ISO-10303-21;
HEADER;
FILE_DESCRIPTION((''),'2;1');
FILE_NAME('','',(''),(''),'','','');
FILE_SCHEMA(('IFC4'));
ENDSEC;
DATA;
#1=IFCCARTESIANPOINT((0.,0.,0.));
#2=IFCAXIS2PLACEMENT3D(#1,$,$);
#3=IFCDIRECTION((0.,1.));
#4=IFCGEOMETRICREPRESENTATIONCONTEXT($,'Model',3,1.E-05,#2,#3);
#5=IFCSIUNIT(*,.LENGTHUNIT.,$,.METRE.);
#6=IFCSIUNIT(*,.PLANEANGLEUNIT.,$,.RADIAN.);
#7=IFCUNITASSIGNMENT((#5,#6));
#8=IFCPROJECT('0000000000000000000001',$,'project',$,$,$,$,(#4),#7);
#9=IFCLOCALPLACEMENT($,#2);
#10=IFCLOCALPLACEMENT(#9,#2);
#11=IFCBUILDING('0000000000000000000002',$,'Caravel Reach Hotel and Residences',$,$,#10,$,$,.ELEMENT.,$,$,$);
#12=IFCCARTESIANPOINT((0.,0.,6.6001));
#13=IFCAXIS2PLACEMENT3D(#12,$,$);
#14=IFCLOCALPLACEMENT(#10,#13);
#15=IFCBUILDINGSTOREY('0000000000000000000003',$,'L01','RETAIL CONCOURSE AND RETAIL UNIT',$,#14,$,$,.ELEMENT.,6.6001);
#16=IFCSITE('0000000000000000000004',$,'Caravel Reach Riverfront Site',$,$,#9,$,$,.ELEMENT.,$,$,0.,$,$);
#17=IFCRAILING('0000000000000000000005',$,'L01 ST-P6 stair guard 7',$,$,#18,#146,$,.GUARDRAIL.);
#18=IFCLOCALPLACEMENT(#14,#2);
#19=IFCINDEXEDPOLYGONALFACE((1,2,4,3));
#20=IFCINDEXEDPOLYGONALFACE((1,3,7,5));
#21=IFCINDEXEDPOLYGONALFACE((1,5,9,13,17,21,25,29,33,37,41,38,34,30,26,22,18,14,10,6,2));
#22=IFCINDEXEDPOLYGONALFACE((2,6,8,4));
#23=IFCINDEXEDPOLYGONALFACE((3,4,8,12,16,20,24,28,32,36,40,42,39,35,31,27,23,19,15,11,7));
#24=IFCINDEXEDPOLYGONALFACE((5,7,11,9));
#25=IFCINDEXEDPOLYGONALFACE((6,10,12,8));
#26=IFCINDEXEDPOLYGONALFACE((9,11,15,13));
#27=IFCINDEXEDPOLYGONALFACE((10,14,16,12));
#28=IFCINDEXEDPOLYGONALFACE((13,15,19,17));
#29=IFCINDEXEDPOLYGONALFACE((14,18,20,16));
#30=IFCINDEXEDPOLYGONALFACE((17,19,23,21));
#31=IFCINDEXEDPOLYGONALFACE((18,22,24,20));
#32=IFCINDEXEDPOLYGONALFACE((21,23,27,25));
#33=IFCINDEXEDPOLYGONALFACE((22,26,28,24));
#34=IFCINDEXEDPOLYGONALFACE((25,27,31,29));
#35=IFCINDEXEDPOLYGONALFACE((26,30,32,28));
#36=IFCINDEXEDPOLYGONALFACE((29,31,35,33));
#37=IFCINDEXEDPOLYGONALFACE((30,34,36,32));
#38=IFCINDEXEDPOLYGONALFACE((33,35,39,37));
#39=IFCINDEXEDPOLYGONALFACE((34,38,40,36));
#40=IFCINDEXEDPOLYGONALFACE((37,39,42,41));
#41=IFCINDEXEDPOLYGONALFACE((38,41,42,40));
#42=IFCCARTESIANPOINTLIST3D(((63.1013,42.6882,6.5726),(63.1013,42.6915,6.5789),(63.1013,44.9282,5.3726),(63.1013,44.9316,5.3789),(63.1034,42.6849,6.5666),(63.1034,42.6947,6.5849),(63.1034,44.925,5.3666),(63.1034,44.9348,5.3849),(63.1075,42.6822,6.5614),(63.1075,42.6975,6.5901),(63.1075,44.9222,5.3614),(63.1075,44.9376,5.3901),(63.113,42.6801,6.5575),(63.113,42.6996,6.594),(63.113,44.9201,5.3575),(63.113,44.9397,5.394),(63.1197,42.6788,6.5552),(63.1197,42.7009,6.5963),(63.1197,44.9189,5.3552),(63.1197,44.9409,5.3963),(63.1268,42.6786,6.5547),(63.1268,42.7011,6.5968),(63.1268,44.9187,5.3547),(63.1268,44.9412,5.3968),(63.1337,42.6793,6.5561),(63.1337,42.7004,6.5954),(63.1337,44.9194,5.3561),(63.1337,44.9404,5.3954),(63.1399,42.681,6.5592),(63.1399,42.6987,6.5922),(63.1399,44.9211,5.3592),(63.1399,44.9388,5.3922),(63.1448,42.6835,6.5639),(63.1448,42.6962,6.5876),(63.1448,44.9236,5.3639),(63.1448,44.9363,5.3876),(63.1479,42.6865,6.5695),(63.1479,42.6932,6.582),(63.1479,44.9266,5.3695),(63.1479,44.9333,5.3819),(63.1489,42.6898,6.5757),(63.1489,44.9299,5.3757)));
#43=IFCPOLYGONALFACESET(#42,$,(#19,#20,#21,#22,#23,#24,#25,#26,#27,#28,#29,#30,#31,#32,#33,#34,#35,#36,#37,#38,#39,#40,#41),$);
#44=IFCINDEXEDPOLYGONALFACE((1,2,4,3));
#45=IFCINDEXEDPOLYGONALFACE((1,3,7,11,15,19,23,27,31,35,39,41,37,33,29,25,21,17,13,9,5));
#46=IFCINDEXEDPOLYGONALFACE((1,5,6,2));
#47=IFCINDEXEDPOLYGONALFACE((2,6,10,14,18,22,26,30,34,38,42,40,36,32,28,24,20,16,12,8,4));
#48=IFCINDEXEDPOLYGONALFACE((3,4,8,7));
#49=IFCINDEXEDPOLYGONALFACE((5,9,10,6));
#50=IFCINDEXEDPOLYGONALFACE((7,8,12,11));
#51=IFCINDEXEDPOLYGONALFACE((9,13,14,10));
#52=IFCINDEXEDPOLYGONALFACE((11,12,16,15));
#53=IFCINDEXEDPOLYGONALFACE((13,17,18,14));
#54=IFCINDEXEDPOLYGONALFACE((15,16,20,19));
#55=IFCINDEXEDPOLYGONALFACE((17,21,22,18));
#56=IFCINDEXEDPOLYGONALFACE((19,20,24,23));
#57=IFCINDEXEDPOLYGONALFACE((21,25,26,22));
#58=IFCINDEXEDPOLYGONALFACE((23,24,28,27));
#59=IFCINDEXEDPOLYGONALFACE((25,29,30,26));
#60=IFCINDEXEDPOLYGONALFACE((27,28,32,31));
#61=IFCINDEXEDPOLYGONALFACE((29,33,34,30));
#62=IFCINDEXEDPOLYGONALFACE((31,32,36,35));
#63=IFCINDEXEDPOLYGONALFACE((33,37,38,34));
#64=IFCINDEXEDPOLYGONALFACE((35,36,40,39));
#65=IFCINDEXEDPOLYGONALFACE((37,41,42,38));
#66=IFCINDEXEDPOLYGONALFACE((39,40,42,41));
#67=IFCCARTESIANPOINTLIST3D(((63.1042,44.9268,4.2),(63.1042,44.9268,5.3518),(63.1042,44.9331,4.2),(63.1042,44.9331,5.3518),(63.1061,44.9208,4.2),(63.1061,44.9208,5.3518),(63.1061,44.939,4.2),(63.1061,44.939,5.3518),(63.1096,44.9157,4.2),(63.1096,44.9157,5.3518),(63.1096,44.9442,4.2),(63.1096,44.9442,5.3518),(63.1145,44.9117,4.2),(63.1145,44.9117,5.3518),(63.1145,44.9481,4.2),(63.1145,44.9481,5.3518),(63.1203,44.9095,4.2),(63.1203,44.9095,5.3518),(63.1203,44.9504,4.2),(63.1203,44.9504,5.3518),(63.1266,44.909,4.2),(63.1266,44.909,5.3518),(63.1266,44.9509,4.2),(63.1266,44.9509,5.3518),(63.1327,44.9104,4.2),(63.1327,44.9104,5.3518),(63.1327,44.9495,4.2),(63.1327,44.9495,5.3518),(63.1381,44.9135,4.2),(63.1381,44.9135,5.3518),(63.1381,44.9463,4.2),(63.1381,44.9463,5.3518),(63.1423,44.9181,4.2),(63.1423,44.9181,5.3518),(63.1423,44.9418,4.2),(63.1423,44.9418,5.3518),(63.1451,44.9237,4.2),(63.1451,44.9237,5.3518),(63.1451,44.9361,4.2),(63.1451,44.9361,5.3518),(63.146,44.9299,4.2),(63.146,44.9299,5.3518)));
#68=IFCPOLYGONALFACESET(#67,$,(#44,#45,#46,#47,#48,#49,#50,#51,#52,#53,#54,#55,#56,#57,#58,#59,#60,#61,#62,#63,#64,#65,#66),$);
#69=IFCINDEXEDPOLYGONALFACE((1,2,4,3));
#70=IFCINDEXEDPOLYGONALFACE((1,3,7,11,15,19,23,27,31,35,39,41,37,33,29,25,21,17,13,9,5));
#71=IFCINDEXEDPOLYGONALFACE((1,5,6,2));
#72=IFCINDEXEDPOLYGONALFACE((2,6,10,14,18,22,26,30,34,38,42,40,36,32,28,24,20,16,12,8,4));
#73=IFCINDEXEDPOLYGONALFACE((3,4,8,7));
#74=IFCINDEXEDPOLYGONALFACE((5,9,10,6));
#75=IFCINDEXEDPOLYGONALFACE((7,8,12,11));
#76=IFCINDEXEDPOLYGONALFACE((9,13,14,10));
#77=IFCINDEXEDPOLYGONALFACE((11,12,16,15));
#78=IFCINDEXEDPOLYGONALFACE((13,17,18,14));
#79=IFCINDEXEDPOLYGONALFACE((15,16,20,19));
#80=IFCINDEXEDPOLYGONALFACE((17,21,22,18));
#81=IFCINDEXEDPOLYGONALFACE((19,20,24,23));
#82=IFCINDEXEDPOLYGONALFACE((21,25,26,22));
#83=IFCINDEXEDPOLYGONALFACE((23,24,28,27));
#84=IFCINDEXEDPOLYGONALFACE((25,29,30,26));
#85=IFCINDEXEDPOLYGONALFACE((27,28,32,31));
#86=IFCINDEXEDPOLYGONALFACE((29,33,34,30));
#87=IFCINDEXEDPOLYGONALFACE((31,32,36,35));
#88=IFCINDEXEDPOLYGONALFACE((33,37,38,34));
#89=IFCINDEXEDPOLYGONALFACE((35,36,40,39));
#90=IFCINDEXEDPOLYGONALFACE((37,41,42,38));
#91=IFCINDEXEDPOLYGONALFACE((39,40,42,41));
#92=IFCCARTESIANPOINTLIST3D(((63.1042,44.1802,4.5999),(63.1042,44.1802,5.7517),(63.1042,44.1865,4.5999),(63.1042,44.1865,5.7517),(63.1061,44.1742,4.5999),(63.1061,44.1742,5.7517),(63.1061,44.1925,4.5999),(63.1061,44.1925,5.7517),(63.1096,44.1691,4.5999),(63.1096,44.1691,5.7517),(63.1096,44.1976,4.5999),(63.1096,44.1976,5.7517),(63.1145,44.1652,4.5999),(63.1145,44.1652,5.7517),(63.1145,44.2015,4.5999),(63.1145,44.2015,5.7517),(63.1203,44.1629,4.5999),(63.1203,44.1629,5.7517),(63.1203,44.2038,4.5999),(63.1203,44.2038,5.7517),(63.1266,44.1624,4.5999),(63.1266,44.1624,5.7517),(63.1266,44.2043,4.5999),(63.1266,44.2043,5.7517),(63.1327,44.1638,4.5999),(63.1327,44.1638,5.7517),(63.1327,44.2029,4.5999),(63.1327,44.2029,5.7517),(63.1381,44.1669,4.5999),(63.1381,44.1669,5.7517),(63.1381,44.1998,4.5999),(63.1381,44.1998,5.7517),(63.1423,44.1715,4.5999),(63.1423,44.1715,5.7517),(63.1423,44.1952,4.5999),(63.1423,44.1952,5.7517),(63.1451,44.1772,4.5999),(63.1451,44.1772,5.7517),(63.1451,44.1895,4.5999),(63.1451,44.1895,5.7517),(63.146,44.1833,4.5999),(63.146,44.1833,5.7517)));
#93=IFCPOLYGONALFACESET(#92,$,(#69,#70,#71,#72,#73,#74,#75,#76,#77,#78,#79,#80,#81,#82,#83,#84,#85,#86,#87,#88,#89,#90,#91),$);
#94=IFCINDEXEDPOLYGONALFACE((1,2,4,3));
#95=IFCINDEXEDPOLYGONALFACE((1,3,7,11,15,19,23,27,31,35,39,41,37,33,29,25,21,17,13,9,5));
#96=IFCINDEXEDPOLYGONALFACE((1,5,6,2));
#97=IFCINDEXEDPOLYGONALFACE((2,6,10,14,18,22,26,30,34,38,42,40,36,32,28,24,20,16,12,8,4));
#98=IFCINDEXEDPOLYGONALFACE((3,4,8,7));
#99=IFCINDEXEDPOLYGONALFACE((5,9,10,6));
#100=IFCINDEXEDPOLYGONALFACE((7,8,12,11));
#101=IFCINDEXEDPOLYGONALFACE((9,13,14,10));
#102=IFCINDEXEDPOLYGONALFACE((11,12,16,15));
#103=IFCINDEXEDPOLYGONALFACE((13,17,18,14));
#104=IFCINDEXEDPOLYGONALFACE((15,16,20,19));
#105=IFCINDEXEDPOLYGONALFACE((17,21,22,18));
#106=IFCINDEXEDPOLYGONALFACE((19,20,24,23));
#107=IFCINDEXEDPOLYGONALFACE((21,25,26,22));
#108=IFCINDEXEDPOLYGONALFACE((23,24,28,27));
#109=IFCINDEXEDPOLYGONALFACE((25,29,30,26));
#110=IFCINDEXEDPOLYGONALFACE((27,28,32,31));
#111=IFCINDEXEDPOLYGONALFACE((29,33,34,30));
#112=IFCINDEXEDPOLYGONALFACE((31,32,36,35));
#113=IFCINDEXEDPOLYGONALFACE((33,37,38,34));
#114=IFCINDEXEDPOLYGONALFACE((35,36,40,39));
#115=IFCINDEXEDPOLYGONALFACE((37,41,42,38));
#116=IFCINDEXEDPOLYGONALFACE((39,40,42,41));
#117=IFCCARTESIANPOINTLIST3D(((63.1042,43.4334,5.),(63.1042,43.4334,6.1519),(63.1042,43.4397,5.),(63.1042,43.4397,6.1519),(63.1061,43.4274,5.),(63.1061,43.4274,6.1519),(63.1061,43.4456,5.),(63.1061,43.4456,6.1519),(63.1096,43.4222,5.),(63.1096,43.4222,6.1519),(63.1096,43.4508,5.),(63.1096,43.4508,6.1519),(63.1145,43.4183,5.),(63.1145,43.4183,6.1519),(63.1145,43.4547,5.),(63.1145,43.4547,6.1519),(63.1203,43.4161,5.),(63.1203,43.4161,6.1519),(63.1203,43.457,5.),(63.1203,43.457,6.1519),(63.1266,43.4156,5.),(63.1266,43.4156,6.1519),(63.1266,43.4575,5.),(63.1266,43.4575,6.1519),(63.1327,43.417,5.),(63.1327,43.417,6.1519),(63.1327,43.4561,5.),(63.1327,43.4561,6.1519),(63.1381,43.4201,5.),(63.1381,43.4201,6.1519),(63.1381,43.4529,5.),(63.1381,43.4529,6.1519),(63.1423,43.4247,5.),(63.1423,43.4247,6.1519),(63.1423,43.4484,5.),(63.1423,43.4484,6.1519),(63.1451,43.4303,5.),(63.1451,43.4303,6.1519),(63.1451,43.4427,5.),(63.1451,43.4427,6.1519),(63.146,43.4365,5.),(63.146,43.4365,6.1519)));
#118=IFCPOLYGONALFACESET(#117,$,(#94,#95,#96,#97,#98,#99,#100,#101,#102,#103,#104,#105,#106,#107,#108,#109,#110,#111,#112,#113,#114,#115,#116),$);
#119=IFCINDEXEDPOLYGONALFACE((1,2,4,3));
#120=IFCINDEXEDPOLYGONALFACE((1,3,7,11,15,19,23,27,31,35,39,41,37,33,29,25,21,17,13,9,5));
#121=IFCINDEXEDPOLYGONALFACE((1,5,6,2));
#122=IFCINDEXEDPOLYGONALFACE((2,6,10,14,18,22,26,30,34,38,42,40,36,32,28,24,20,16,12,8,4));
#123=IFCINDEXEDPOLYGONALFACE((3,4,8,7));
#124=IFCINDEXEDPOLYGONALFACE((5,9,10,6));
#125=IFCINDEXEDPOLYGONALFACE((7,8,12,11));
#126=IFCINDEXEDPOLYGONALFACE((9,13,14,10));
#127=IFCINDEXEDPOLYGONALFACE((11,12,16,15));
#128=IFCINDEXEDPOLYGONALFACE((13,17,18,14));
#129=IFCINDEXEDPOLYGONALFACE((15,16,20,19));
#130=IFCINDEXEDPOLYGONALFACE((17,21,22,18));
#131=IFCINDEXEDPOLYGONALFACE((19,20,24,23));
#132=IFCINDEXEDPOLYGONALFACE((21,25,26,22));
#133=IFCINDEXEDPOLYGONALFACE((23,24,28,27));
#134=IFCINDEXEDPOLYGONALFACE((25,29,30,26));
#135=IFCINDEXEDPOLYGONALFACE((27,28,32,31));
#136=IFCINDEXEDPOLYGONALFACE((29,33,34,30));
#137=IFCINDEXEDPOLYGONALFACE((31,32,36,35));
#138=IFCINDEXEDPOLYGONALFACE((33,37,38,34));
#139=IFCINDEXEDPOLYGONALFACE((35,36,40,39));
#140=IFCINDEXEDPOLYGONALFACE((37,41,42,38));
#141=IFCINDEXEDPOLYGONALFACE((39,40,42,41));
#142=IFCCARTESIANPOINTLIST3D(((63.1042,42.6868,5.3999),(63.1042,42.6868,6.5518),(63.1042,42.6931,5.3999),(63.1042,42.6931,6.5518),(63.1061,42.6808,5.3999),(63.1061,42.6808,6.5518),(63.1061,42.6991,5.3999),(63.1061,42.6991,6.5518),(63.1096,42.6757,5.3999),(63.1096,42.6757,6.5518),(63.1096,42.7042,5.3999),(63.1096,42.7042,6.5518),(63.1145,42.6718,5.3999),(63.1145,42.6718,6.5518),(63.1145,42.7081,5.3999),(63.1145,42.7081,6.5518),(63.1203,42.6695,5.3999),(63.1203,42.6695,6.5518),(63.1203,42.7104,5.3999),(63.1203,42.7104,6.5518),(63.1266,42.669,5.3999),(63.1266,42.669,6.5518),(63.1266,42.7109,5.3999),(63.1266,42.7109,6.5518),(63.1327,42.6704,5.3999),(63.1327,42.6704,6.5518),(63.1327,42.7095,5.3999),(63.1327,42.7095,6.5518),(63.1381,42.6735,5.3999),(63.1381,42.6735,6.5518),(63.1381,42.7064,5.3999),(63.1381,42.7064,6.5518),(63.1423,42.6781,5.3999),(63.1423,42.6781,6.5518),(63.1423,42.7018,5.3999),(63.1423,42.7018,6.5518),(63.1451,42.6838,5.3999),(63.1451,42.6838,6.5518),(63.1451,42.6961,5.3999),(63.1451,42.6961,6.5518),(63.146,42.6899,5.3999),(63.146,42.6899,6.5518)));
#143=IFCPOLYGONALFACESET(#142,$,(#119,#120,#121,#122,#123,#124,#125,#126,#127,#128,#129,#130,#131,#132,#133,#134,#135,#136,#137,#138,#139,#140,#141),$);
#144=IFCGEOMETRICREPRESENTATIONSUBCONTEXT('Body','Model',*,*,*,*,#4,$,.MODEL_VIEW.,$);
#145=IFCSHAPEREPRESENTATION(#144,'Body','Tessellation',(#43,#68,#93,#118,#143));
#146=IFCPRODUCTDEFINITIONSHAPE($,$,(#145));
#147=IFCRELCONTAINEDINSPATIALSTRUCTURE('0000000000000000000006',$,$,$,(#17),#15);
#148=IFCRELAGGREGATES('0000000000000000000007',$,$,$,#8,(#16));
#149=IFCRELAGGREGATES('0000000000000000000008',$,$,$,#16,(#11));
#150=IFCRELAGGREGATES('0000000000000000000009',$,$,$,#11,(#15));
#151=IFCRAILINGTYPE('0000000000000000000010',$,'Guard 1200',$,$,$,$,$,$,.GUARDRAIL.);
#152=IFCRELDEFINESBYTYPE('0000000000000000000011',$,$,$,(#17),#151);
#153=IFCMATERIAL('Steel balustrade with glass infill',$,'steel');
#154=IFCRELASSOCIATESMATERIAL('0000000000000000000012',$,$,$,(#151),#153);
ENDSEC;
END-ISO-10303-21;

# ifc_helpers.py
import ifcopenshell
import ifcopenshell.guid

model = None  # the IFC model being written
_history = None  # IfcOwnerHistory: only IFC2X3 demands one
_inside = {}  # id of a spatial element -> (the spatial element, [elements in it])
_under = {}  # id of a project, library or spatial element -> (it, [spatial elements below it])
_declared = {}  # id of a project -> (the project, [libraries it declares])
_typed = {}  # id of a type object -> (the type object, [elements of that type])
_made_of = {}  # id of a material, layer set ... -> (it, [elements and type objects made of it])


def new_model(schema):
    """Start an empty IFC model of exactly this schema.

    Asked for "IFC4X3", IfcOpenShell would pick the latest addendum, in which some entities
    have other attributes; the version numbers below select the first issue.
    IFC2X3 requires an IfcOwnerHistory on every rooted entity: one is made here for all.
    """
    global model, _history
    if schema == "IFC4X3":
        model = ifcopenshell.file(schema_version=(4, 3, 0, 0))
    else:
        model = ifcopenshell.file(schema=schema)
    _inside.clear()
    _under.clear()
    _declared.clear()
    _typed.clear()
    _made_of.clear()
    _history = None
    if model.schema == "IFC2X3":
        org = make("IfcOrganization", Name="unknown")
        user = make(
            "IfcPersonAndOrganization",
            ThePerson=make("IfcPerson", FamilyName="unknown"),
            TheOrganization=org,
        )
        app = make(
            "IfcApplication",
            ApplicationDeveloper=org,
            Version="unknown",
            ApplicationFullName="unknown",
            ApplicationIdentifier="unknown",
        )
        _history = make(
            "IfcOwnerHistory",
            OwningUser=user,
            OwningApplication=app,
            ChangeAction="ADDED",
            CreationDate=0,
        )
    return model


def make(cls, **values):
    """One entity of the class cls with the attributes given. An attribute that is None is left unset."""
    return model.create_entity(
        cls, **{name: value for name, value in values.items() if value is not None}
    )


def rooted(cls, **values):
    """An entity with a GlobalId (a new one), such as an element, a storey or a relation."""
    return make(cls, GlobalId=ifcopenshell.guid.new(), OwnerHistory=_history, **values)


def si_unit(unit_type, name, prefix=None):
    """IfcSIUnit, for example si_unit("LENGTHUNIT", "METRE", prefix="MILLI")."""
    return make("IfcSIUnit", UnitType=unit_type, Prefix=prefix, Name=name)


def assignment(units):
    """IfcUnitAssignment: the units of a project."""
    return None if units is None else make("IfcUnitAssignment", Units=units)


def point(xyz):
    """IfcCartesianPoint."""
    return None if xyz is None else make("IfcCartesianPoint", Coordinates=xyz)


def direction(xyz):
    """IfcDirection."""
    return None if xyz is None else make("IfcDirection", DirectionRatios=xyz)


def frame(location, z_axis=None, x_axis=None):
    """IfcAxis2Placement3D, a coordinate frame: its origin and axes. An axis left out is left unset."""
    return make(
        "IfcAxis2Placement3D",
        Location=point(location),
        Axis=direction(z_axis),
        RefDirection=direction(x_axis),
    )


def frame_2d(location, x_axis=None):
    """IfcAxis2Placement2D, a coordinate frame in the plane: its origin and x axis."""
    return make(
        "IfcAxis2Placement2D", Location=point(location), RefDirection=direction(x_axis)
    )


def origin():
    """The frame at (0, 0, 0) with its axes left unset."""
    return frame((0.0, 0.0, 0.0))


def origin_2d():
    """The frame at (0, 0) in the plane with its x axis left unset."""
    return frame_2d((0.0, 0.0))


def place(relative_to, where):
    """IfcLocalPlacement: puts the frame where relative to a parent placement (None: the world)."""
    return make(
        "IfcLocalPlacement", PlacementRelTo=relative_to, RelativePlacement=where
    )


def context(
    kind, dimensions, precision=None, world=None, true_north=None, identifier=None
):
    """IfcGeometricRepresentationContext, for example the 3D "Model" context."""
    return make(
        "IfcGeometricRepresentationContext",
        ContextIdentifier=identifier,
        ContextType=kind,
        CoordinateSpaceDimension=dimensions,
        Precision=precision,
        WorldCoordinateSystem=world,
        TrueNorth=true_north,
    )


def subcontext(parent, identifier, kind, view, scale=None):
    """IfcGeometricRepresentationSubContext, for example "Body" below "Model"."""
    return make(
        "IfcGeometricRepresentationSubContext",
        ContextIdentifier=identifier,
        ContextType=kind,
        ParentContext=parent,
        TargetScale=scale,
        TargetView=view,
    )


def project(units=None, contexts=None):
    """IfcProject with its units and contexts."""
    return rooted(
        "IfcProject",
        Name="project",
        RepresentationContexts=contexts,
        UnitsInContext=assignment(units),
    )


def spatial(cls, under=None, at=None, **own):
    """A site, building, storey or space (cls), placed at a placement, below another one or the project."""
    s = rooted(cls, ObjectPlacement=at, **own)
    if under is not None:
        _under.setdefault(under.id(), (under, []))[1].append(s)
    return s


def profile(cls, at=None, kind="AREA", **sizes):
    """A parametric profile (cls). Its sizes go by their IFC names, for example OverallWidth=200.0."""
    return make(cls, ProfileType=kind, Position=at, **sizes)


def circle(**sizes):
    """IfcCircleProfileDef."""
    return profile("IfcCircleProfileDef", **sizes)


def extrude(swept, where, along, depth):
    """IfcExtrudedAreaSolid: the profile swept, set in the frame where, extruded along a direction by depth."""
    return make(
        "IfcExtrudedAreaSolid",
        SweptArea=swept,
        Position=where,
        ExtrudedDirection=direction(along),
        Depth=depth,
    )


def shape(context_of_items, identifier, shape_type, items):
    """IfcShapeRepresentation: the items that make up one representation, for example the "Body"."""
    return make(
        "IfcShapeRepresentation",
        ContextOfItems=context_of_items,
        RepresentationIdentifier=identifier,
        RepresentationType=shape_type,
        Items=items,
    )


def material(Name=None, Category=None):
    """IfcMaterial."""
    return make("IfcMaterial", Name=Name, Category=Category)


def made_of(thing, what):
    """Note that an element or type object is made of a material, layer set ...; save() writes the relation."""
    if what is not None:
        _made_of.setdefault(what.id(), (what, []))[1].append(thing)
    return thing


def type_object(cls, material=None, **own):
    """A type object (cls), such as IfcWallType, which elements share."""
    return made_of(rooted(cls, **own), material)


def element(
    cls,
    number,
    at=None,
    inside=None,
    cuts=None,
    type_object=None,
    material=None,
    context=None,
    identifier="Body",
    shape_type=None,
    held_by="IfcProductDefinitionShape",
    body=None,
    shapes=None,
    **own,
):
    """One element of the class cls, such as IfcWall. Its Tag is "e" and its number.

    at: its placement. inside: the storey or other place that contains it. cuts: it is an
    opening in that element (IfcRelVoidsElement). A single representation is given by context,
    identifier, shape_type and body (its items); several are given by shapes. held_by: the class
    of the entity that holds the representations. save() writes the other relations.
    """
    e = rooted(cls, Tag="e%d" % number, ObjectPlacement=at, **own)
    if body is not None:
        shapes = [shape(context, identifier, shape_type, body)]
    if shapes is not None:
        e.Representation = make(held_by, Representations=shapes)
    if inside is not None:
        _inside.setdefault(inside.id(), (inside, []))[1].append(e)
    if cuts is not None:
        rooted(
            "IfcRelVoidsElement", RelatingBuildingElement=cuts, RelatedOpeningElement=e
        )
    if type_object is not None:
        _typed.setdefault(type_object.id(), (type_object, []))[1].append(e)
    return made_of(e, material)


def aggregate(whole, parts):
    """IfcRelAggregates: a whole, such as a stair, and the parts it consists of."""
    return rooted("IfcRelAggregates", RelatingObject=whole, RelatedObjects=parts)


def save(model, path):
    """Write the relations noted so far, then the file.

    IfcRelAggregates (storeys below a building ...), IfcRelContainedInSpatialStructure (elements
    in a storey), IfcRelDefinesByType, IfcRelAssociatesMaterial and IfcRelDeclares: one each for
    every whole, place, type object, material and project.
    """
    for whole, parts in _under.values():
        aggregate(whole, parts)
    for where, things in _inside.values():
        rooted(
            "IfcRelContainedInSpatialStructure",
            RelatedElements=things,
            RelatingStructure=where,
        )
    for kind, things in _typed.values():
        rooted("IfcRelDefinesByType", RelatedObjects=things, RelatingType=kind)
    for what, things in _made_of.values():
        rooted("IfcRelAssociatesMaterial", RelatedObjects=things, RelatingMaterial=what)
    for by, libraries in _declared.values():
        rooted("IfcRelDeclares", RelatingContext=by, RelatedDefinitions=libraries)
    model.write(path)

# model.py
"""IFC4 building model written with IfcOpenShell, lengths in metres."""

from ifc_helpers import new_model, si_unit, direction, frame, origin, origin_2d, place, context, subcontext, project, spatial, circle, extrude, material, type_object, element, save


model = new_model("IFC4")

# Units and contexts
model_context = context("Model", 3, precision=1e-05, world=origin(), true_north=direction((0.0, 1.0)))
body_context = subcontext(model_context, "Body", "Model", "MODEL_VIEW")
ifc_project = project(units=[si_unit("LENGTHUNIT", "METRE"), si_unit("PLANEANGLEUNIT", "RADIAN")], contexts=[model_context])

# Site, building, storey
site_placement = place(None, origin())
site = spatial("IfcSite", under=ifc_project, at=site_placement, Name="Caravel Reach Riverfront Site", CompositionType="ELEMENT", RefElevation=0.0)
building_placement = place(site_placement, origin())
building = spatial("IfcBuilding", under=site, at=building_placement, Name="Caravel Reach Hotel and Residences", CompositionType="ELEMENT")
storey_placement = place(building_placement, frame((0.0, 0.0, 6.6001)))
storey = spatial("IfcBuildingStorey", under=building, at=storey_placement, Name="L01", Description="RETAIL CONCOURSE AND RETAIL UNIT", CompositionType="ELEMENT", Elevation=6.6001)

# Railing
ifc_material_1 = material(Name="Steel balustrade with glass infill", Category="steel")
railing_type = type_object("IfcRailingType", Name="Guard 1200", PredefinedType="GUARDRAIL", material=ifc_material_1)
railing_1_placement = place(storey_placement, frame((63.125, 44.9299, 4.2)))
element("IfcRailing", 1, at=railing_1_placement, inside=storey, type_object=railing_type, Name="L01 ST-P6 stair guard 7", PredefinedType="GUARDRAIL", context=body_context, shape_type="SweptSolid", body=[
    extrude(circle(Radius=0.0239, at=origin_2d()), frame((0.0, 0.0, 1.1758), z_axis=(0.0, -0.881487, 0.472208), x_axis=(1.0, 0.0, 0.0)), (0.0, 0.0, 1.0), 2.5413),
    extrude(circle(Radius=0.021, at=origin_2d()), origin(), (0.0, 0.0, 1.0), 1.1519),
    extrude(circle(Radius=0.021, at=origin_2d()), frame((0.0, -0.7466, 0.3999)), (0.0, 0.0, 1.0), 1.1519),
    extrude(circle(Radius=0.021, at=origin_2d()), frame((0.0, -1.4934, 0.8)), (0.0, 0.0, 1.0), 1.1519),
    extrude(circle(Radius=0.021, at=origin_2d()), frame((0.0, -2.24, 1.2)), (0.0, 0.0, 1.0), 1.1519),
])

save(model, "model.ifc")
